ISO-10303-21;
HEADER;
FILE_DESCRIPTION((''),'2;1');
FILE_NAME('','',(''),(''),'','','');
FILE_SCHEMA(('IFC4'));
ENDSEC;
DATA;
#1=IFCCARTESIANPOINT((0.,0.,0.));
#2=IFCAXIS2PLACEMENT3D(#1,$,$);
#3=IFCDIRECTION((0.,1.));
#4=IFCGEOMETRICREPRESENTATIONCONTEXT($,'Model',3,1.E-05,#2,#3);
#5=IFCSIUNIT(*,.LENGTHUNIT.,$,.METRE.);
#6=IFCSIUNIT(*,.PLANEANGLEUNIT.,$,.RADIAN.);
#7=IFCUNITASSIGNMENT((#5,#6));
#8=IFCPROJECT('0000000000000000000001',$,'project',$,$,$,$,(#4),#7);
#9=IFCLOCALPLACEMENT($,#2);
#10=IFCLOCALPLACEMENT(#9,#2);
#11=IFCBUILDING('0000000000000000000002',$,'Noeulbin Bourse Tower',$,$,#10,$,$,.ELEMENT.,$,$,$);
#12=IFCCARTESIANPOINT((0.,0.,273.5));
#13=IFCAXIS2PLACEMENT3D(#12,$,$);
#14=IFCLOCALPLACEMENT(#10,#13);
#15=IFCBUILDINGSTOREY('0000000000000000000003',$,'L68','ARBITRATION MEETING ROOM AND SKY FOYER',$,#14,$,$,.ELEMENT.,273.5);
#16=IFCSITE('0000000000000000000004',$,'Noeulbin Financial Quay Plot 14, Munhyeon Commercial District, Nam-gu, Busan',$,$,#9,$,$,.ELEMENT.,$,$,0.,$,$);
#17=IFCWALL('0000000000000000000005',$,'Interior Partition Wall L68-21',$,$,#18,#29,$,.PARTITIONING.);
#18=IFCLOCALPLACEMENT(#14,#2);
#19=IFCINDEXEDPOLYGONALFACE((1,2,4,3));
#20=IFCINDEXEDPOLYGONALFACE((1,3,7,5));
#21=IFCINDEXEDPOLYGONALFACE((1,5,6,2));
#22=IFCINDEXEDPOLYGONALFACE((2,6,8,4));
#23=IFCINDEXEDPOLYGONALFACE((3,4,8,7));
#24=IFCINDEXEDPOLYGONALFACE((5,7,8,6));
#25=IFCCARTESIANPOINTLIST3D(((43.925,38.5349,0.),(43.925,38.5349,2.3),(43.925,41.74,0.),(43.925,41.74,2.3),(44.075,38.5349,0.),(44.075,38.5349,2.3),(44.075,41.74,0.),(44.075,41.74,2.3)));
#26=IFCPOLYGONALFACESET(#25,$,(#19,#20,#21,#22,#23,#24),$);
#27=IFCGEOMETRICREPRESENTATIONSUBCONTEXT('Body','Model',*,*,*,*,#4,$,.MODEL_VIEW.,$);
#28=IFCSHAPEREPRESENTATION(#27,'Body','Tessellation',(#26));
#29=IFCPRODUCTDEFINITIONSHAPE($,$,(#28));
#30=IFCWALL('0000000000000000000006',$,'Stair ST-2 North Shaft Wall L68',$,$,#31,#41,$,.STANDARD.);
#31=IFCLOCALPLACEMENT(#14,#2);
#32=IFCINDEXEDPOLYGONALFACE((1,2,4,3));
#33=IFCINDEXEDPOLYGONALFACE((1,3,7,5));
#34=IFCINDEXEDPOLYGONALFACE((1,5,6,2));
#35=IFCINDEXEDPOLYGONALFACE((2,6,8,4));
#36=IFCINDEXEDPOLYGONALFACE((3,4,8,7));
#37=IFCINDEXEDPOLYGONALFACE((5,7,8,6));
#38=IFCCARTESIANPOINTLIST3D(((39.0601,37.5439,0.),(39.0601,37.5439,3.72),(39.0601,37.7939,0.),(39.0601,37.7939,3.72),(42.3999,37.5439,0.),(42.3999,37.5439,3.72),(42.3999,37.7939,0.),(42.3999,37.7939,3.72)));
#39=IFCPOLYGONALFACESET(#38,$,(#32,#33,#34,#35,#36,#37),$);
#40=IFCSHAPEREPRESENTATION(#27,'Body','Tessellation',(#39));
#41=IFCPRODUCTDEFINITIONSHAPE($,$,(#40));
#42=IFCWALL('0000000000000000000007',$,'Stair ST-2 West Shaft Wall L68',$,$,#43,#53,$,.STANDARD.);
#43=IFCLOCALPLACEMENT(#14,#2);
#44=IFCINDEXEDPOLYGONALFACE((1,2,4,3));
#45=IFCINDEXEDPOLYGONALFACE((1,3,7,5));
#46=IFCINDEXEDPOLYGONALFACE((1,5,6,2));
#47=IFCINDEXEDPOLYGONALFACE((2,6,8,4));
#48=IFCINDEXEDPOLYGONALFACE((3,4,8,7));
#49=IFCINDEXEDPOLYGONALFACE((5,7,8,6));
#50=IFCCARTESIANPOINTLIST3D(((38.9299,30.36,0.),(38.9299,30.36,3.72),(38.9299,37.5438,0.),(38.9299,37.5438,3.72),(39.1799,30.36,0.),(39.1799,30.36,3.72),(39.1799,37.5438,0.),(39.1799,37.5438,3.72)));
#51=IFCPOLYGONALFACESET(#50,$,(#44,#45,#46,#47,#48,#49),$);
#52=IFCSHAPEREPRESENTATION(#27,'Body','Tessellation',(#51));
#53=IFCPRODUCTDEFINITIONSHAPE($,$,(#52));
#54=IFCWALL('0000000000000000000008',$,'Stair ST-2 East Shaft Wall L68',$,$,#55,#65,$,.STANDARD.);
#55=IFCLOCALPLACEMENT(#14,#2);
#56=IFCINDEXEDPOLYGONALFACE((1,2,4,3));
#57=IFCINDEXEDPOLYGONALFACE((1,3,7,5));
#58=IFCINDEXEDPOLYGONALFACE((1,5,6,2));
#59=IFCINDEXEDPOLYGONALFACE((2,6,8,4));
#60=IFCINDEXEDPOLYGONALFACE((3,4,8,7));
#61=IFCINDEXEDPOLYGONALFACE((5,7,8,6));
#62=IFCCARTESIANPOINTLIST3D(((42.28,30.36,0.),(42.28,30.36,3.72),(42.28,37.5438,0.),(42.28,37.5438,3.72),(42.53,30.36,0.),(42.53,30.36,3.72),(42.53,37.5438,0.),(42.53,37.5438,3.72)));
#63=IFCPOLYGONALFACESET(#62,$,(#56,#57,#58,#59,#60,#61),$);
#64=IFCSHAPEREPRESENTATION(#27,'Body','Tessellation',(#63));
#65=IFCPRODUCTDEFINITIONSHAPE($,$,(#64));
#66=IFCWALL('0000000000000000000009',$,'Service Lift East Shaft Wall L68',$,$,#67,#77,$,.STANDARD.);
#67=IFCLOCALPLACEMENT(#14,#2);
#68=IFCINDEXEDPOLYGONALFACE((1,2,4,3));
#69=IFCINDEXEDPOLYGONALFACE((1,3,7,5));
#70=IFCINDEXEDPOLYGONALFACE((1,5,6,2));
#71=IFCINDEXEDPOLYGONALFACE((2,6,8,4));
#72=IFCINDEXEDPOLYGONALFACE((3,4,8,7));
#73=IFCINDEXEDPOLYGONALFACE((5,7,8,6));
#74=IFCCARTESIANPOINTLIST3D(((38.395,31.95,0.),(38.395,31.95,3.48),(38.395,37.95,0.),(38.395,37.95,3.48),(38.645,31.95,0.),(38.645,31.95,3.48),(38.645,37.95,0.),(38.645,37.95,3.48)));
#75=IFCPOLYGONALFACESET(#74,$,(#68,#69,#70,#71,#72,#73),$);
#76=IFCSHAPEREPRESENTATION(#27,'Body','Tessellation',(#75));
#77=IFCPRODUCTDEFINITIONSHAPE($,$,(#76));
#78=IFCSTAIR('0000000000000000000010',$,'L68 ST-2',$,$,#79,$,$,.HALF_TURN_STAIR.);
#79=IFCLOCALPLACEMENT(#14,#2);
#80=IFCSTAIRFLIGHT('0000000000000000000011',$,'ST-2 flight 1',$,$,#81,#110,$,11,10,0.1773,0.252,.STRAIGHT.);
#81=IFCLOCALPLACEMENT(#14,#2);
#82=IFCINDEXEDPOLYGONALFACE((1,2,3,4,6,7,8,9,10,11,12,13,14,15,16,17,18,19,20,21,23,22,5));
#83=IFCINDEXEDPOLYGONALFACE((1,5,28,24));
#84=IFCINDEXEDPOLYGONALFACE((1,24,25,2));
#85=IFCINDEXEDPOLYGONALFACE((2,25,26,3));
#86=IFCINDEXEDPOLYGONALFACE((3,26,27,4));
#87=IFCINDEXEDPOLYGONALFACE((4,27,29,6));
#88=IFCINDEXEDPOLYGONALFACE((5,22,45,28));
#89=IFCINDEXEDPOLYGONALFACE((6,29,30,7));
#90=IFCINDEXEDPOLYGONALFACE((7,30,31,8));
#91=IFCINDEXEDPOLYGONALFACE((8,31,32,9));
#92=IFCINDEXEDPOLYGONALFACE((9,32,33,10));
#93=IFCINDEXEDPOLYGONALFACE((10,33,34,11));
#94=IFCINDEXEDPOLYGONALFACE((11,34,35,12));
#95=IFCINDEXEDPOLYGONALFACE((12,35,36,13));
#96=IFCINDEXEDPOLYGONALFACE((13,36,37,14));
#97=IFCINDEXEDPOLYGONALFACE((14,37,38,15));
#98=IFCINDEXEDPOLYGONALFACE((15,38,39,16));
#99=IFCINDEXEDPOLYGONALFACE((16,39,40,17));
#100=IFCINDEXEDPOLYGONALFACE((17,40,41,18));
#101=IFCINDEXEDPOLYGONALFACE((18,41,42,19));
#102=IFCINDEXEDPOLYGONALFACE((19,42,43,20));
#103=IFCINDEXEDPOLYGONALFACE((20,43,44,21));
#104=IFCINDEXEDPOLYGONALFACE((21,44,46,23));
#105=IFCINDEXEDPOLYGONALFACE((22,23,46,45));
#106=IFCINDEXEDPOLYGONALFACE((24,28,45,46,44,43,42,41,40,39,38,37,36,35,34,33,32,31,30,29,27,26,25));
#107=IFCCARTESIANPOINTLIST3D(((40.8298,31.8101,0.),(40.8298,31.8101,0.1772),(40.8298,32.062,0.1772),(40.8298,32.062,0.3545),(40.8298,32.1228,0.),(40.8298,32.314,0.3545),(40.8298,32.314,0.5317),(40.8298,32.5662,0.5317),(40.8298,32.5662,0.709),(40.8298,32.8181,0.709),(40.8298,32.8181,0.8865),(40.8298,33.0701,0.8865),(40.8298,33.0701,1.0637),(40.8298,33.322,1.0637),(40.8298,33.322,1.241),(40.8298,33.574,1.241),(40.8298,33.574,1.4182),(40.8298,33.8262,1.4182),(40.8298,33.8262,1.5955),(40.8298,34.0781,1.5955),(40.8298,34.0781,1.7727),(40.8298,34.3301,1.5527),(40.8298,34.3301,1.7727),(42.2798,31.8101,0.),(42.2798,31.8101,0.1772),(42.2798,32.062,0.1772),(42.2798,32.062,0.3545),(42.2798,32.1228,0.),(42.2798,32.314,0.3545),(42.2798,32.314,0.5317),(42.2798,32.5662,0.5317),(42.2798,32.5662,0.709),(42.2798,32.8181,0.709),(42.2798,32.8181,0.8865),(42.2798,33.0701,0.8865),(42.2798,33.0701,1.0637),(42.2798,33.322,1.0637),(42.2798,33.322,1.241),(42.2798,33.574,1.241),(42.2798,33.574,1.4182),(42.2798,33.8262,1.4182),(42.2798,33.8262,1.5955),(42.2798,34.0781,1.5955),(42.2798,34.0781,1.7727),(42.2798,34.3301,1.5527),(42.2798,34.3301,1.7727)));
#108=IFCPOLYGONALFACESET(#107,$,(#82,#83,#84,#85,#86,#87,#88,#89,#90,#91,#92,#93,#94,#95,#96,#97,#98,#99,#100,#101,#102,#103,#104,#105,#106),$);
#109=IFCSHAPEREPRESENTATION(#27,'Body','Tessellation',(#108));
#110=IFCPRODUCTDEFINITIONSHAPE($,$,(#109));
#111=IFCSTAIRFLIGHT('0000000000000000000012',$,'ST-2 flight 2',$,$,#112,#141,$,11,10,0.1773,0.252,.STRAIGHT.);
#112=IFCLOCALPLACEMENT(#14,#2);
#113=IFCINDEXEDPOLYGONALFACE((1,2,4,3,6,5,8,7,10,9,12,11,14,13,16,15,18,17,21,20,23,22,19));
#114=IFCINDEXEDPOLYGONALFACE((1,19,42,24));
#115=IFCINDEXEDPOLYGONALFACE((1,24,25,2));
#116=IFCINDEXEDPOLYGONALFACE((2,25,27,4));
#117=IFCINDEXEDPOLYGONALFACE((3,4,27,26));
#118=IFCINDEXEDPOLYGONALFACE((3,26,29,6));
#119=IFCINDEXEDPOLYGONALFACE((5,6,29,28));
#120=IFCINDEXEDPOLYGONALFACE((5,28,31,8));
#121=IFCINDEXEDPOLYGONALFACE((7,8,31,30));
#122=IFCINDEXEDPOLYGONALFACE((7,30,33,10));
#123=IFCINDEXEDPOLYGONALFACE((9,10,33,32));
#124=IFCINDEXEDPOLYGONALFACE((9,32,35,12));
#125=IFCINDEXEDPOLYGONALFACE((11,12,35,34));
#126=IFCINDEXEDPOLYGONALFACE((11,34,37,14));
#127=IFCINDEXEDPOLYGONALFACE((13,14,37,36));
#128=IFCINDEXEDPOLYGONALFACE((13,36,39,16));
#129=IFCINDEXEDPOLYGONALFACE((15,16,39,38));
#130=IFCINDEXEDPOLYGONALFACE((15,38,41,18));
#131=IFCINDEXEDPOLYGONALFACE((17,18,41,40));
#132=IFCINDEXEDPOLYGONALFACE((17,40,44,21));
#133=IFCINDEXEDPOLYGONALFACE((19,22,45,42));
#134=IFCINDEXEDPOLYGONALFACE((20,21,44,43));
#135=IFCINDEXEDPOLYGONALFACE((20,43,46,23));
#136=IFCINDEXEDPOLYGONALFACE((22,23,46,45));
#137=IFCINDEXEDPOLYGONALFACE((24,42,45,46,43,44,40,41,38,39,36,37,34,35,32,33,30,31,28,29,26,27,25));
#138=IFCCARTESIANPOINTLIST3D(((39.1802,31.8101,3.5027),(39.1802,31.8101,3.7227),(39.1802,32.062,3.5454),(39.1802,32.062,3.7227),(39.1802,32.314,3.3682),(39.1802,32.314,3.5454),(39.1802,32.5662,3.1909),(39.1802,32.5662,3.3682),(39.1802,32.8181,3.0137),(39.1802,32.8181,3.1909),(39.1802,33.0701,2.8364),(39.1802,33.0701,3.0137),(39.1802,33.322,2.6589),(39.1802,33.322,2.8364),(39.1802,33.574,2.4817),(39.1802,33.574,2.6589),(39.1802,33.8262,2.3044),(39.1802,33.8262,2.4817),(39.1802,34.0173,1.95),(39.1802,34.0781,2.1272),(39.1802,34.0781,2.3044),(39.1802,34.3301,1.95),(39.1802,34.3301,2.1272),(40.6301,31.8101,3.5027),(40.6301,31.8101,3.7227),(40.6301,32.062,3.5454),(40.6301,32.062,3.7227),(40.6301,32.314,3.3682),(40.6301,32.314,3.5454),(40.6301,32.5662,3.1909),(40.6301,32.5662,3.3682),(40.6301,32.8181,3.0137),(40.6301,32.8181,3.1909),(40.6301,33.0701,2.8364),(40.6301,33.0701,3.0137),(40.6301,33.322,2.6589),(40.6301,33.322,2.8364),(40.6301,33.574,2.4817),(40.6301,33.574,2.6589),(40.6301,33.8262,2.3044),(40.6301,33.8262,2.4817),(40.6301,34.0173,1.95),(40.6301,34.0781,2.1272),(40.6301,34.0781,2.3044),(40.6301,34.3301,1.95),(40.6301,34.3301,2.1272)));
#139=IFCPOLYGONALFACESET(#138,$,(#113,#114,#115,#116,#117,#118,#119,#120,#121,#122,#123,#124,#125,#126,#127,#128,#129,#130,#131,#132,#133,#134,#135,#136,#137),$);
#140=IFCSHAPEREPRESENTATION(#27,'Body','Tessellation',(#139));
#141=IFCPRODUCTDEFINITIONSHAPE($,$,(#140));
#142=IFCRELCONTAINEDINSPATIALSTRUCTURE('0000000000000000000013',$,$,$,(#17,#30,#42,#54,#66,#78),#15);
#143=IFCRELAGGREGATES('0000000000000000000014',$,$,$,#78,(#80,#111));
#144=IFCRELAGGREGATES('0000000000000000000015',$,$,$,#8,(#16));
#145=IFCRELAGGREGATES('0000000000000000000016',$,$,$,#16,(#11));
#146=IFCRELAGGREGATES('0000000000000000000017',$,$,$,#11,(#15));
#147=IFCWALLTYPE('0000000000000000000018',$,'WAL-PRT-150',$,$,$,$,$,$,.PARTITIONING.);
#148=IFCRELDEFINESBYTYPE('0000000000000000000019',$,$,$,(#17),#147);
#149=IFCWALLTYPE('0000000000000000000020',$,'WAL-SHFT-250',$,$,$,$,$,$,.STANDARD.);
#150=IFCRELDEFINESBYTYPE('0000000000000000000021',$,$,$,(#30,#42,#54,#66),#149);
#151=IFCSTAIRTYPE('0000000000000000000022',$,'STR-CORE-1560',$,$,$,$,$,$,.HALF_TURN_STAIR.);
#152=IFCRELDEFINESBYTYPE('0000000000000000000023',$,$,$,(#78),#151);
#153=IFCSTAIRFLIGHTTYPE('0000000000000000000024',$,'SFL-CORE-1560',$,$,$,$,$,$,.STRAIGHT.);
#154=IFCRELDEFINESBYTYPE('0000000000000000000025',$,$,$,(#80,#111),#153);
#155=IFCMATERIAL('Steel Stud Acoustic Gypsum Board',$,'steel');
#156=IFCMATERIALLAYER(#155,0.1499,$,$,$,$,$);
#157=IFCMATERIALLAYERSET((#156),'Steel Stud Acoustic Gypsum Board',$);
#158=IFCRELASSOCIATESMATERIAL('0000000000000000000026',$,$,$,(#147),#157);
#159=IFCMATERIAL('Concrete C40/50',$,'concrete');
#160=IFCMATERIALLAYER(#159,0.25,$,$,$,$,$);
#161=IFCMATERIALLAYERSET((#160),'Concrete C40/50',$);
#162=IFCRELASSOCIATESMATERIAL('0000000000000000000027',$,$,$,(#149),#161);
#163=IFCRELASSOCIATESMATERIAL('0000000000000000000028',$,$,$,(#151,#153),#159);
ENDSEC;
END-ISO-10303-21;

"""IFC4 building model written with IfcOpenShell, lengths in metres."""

from ifc_helpers import new_model, si_unit, direction, frame, frame_2d, origin, place, context, subcontext, project, spatial, polyline, rectangle, outline, extrude, material, layer, layer_set, type_object, element, aggregate, save


model = new_model("IFC4")

# Units and contexts
model_context = context("Model", 3, precision=1e-05, world=origin(), true_north=direction((0.0, 1.0)))
body_context = subcontext(model_context, "Body", "Model", "MODEL_VIEW")
ifc_project = project(units=[si_unit("LENGTHUNIT", "METRE"), si_unit("PLANEANGLEUNIT", "RADIAN")], contexts=[model_context])

# Site, building, storey
site_placement = place(None, origin())
site = spatial("IfcSite", under=ifc_project, at=site_placement, Name="Noeulbin Financial Quay Plot 14, Munhyeon Commercial District, Nam-gu, Busan", CompositionType="ELEMENT", RefElevation=0.0)
building_placement = place(site_placement, origin())
building = spatial("IfcBuilding", under=site, at=building_placement, Name="Noeulbin Bourse Tower", CompositionType="ELEMENT")
storey_placement = place(building_placement, frame((0.0, 0.0, 273.5)))
storey = spatial("IfcBuildingStorey", under=building, at=storey_placement, Name="L68", Description="ARBITRATION MEETING ROOM AND SKY FOYER", CompositionType="ELEMENT", Elevation=273.5)

# Walls
ifc_material_1 = material(Name="Concrete C40/50", Category="concrete")
ifc_material_2 = material(Name="Steel Stud Acoustic Gypsum Board", Category="steel")
ifc_layer_1 = layer(ifc_material_2, 0.1499)
ifc_layer_set_1 = layer_set([ifc_layer_1], Name="Steel Stud Acoustic Gypsum Board")
wall_type_1 = type_object("IfcWallType", Name="WAL-PRT-150", PredefinedType="PARTITIONING", material=ifc_layer_set_1)
wall_1_placement = place(storey_placement, frame((44.0, 38.5349, 0.0), z_axis=(0.0, 0.0, 1.0), x_axis=(0.0, 1.0, 0.0)))
element("IfcWall", 1, at=wall_1_placement, inside=storey, type_object=wall_type_1, Name="Interior Partition Wall L68-21", PredefinedType="PARTITIONING", context=body_context, shape_type="SweptSolid", body=[
    extrude(rectangle(XDim=3.2051, YDim=0.1499, at=frame_2d((1.6025, 0.0))), origin(), (0.0, 0.0, 1.0), 2.3),
])
ifc_layer_2 = layer(ifc_material_1, 0.25)
ifc_layer_set_2 = layer_set([ifc_layer_2], Name="Concrete C40/50")
wall_type_2 = type_object("IfcWallType", Name="WAL-SHFT-250", PredefinedType="STANDARD", material=ifc_layer_set_2)
wall_2_placement = place(storey_placement, frame((39.0601, 37.6689, 0.0), z_axis=(0.0, 0.0, 1.0), x_axis=(1.0, 0.0, 0.0)))
element("IfcWall", 2, at=wall_2_placement, inside=storey, type_object=wall_type_2, Name="Stair ST-2 North Shaft Wall L68", PredefinedType="STANDARD", context=body_context, shape_type="SweptSolid", body=[
    extrude(rectangle(XDim=3.3398, YDim=0.25, at=frame_2d((1.6699, 0.0))), origin(), (0.0, 0.0, 1.0), 3.72),
])
for number, where, z_axis, x_axis, name in (
    (3, (39.0549, 30.3601, 0.0), (0.0, 0.0, 1.0), (0.0, 1.0, 0.0), "Stair ST-2 West Shaft Wall L68"),
    (4, (42.405, 30.3601, 0.0), (0.0, 0.0, 1.0), (0.0, 1.0, 0.0), "Stair ST-2 East Shaft Wall L68"),
):
    element("IfcWall", number, at=place(storey_placement, frame(where, z_axis=z_axis, x_axis=x_axis)), inside=storey, type_object=wall_type_2, Name=name, PredefinedType="STANDARD", context=body_context, shape_type="SweptSolid", body=[
        extrude(rectangle(XDim=7.1838, YDim=0.25, at=frame_2d((3.5918, 0.0))), origin(), (0.0, 0.0, 1.0), 3.72),
    ])
wall_3_placement = place(storey_placement, frame((38.52, 31.95, 0.0), z_axis=(0.0, 0.0, 1.0), x_axis=(0.0, 1.0, 0.0)))
element("IfcWall", 5, at=wall_3_placement, inside=storey, type_object=wall_type_2, Name="Service Lift East Shaft Wall L68", PredefinedType="STANDARD", context=body_context, shape_type="SweptSolid", body=[
    extrude(rectangle(XDim=6.0, YDim=0.25, at=frame_2d((3.0, 0.0))), origin(), (0.0, 0.0, 1.0), 3.48),
])

# Stair, stair flights
stair_type = type_object("IfcStairType", Name="STR-CORE-1560", PredefinedType="HALF_TURN_STAIR", material=ifc_material_1)
stair_placement = place(storey_placement, origin())
stair = element("IfcStair", 6, at=stair_placement, inside=storey, type_object=stair_type, Name="L68 ST-2", PredefinedType="HALF_TURN_STAIR")
stair_flight_type = type_object("IfcStairFlightType", Name="SFL-CORE-1560", PredefinedType="STRAIGHT", material=ifc_material_1)
stair_flight_1_placement = place(storey_placement, frame((41.5549, 31.8101, 0.0), z_axis=(0.0, 0.0, 1.0), x_axis=(0.0, 1.0, 0.0)))
stair_flight_1 = element("IfcStairFlight", 7, at=stair_flight_1_placement, type_object=stair_flight_type, Name="ST-2 flight 1", NumberOfRisers=11, NumberOfTreads=10, PredefinedType="STRAIGHT", RiserHeight=0.1773, TreadLength=0.252, context=body_context, shape_type="SweptSolid", body=[
    extrude(outline(polyline([(0.0, 0.0), (0.0, 0.1772), (0.252, 0.1772), (0.252, 0.3545), (0.5039, 0.3545), (0.5039, 0.5317), (0.7561, 0.5317), (0.7561, 0.709), (1.0081, 0.709), (1.0081, 0.8865), (1.26, 0.8865), (1.26, 1.0637), (1.512, 1.0637), (1.512, 1.241), (1.7639, 1.241), (1.7639, 1.4182), (2.0161, 1.4182), (2.0161, 1.5955), (2.2681, 1.5955), (2.2681, 1.7727), (2.52, 1.7727), (2.52, 1.95), (2.52, 1.5527), (0.3127, 0.0), (0.0, 0.0)])), frame((0.0, 0.7251, 0.0), z_axis=(0.0, -1.0, 0.0), x_axis=(1.0, 0.0, 0.0)), (0.0, 0.0, 1.0), 1.45),
])
stair_flight_2_placement = place(storey_placement, frame((39.905, 34.3301, 1.95), z_axis=(0.0, 0.0, 1.0), x_axis=(0.0, -1.0, 0.0)))
stair_flight_2 = element("IfcStairFlight", 8, at=stair_flight_2_placement, type_object=stair_flight_type, Name="ST-2 flight 2", NumberOfRisers=11, NumberOfTreads=10, PredefinedType="STRAIGHT", RiserHeight=0.1773, TreadLength=0.252, context=body_context, shape_type="SweptSolid", body=[
    extrude(outline(polyline([(0.0, 0.0), (0.0, 0.1772), (0.252, 0.1772), (0.252, 0.3545), (0.5039, 0.3545), (0.5039, 0.5317), (0.7561, 0.5317), (0.7561, 0.709), (1.0081, 0.709), (1.0081, 0.8865), (1.26, 0.8865), (1.26, 1.0637), (1.512, 1.0637), (1.512, 1.241), (1.7639, 1.241), (1.7639, 1.4182), (2.0161, 1.4182), (2.0161, 1.5955), (2.2681, 1.5955), (2.2681, 1.7727), (2.52, 1.7727), (2.52, 1.95), (2.52, 1.5527), (0.3127, 0.0), (0.0, 0.0)])), frame((0.0, 0.7251, 0.0), z_axis=(0.0, -1.0, 0.0), x_axis=(1.0, 0.0, 0.0)), (0.0, 0.0, 1.0), 1.45),
])
aggregate(stair, [stair_flight_1, stair_flight_2])

save(model, "model.ifc")
